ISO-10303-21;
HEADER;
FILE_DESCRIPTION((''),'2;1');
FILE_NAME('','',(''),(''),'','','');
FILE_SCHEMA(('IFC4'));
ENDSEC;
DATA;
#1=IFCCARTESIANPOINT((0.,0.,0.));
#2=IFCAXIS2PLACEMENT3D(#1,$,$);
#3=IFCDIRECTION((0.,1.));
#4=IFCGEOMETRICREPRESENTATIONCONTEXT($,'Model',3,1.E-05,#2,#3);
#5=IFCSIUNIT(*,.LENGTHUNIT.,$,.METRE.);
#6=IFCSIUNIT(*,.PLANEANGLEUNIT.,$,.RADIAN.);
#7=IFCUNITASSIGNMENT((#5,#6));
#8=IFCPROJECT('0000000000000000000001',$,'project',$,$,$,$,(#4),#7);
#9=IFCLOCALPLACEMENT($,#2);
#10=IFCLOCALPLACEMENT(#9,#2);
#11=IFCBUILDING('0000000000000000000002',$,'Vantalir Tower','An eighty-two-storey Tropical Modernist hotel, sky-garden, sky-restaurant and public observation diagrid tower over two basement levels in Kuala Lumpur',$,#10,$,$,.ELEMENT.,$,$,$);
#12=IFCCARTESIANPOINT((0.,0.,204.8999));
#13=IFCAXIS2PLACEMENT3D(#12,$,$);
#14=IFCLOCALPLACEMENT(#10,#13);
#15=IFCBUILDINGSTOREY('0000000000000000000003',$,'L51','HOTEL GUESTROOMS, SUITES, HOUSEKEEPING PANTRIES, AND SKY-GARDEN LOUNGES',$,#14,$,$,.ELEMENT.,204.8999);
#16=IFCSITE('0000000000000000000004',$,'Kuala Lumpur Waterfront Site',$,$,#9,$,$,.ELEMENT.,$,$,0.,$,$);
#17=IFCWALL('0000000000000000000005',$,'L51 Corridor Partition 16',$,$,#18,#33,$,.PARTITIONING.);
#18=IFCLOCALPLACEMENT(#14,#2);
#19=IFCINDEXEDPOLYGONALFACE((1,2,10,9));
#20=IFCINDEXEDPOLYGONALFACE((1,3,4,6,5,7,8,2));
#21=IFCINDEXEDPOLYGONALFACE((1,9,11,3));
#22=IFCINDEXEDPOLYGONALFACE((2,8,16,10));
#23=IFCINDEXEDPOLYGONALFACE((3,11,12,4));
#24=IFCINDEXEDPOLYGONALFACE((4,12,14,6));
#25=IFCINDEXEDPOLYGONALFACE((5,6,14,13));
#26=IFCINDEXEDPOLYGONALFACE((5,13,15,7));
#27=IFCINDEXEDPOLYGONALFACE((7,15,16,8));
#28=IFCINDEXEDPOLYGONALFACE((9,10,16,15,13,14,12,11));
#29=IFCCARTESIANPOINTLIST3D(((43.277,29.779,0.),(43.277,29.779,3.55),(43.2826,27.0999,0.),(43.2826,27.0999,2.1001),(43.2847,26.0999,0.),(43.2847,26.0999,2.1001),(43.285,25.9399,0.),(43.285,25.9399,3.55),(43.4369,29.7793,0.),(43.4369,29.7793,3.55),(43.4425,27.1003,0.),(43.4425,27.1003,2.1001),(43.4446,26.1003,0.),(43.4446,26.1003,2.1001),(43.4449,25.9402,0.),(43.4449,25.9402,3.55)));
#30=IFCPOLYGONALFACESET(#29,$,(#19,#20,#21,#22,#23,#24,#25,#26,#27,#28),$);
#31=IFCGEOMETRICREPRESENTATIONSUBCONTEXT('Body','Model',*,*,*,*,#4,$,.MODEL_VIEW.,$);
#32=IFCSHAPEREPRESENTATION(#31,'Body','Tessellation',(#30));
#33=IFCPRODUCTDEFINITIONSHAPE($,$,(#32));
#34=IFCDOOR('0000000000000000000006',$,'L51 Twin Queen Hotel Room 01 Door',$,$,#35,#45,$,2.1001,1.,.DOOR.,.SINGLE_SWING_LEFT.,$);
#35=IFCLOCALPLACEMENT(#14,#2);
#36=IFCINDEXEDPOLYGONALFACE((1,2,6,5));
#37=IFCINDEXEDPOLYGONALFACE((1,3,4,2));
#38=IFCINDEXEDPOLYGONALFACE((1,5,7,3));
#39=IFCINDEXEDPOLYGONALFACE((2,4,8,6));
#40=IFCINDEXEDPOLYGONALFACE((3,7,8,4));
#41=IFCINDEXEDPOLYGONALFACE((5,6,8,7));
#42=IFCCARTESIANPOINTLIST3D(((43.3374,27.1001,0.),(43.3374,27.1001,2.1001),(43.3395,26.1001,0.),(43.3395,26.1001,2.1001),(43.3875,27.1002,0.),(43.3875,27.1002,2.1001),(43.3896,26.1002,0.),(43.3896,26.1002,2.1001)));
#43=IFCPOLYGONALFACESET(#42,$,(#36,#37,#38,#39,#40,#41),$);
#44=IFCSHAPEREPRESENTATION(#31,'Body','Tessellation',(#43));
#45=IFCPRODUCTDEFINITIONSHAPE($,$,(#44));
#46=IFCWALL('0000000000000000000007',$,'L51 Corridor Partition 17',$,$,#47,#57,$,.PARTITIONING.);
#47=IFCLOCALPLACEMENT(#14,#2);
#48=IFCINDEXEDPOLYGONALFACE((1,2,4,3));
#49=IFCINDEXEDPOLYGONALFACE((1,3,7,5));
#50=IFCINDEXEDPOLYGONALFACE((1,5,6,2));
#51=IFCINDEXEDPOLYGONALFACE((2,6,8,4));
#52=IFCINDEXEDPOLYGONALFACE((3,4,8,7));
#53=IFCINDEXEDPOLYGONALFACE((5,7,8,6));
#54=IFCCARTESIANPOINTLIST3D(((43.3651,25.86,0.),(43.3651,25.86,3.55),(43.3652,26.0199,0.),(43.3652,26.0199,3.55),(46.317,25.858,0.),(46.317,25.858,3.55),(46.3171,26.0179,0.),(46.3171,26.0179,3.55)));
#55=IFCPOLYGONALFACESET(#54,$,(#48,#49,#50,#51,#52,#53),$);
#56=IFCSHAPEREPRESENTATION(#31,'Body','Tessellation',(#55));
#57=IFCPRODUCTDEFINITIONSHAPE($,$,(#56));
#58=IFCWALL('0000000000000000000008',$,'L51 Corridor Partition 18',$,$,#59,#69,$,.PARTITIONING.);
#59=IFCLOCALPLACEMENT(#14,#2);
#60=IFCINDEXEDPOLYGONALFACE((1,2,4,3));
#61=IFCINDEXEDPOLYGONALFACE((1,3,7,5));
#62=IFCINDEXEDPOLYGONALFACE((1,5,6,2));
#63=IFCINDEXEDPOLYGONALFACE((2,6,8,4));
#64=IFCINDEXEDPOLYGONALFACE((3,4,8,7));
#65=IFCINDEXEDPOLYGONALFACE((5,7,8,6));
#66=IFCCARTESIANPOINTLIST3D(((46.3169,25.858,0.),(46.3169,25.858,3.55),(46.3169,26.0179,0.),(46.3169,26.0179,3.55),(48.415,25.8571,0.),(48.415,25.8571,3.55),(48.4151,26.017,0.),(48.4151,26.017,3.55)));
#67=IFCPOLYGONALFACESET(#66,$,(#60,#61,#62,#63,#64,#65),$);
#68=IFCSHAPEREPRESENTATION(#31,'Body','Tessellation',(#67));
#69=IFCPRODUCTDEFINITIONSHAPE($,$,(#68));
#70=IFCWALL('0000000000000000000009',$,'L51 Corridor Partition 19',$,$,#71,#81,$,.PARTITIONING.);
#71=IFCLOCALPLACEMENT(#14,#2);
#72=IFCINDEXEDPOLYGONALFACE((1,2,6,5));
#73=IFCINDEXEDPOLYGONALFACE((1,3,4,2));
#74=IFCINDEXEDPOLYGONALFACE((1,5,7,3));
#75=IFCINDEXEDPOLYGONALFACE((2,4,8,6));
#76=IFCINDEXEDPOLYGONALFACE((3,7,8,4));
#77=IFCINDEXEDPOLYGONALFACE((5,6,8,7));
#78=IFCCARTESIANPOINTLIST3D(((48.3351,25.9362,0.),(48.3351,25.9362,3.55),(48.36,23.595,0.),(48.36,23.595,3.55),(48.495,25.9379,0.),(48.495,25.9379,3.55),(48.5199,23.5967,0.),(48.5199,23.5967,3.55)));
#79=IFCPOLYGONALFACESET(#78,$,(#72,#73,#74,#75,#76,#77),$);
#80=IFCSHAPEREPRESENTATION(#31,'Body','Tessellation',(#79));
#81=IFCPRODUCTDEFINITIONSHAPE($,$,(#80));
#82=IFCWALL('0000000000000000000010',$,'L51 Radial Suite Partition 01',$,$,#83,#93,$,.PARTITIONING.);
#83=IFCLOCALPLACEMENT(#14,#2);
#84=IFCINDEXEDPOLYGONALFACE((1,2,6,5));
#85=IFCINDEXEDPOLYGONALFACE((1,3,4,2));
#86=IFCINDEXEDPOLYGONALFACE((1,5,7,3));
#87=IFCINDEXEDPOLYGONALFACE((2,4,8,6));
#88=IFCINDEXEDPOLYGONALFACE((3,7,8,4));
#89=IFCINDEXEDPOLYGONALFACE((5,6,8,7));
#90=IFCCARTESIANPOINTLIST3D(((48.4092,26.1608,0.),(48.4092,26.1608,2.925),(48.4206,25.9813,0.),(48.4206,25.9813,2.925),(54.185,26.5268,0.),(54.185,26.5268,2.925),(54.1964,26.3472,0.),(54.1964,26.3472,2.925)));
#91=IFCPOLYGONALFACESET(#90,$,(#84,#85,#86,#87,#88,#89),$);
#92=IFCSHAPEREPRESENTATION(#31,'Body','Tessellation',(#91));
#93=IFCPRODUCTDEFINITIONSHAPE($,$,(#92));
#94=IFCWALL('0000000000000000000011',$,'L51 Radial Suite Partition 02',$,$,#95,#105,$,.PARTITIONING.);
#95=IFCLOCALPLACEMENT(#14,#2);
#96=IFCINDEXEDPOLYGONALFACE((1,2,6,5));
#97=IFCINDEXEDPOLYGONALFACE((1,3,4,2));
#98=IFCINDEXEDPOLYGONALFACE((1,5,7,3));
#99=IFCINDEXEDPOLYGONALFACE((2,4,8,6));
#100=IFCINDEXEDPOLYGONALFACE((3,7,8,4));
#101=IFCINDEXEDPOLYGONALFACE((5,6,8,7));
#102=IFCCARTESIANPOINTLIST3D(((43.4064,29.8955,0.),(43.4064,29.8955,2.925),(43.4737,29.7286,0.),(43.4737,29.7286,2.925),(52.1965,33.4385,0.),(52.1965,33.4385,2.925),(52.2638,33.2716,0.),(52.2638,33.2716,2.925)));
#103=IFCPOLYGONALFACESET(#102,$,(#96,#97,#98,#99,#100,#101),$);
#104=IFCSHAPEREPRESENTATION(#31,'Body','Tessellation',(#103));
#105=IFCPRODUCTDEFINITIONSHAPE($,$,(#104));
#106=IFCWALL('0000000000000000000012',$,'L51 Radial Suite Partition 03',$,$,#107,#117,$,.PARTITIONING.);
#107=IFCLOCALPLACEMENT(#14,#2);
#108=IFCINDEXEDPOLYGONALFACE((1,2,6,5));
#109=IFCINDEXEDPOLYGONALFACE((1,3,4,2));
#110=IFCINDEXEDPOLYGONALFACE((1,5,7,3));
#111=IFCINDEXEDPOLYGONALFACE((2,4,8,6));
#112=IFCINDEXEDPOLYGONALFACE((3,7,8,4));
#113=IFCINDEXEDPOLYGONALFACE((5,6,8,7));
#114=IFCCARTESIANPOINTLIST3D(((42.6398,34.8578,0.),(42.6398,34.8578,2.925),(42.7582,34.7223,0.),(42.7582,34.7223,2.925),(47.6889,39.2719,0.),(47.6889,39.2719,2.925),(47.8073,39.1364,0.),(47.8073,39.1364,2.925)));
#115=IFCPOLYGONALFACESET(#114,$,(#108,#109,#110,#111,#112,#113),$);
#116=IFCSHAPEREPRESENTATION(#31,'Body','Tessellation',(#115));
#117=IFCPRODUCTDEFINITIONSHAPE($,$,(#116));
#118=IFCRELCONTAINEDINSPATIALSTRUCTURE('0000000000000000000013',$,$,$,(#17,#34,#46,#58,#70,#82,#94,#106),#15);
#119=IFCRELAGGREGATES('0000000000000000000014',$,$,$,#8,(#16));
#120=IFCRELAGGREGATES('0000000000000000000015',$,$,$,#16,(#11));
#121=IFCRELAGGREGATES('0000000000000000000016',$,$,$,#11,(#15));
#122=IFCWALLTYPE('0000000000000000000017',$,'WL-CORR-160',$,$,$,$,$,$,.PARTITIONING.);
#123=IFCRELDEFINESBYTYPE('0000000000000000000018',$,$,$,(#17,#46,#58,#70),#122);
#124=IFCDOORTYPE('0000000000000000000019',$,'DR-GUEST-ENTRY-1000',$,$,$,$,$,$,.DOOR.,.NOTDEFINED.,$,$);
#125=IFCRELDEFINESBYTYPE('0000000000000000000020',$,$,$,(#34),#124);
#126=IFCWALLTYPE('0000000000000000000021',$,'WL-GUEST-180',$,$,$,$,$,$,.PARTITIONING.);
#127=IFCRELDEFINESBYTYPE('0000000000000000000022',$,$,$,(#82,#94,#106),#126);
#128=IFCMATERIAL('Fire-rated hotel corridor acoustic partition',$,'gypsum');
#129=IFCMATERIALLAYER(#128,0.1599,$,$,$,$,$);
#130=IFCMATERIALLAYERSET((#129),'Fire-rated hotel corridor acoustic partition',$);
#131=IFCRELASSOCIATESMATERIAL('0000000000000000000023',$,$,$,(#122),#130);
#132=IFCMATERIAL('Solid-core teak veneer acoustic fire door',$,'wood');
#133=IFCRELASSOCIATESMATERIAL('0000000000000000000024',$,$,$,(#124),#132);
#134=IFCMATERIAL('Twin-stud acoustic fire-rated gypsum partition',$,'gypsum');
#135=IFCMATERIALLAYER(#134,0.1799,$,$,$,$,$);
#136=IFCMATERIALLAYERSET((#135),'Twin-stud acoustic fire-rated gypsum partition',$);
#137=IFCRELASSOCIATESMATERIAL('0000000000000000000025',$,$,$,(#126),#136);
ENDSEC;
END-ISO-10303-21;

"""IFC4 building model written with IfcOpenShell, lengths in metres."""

from ifc_helpers import new_model, si_unit, direction, frame, frame_2d, origin, place, context, subcontext, project, spatial, rectangle, extrude, material, layer, layer_set, type_object, element, fill, save


model = new_model("IFC4")

# Units and contexts
model_context = context("Model", 3, precision=1e-05, world=origin(), true_north=direction((0.0, 1.0)))
body_context = subcontext(model_context, "Body", "Model", "MODEL_VIEW")
ifc_project = project(units=[si_unit("LENGTHUNIT", "METRE"), si_unit("PLANEANGLEUNIT", "RADIAN")], contexts=[model_context])

# Site, building, storey
site_placement = place(None, origin())
site = spatial("IfcSite", under=ifc_project, at=site_placement, Name="Kuala Lumpur Waterfront Site", CompositionType="ELEMENT", RefElevation=0.0)
building_placement = place(site_placement, origin())
building = spatial("IfcBuilding", under=site, at=building_placement, Name="Vantalir Tower", Description="An eighty-two-storey Tropical Modernist hotel, sky-garden, sky-restaurant and public observation diagrid tower over two basement levels in Kuala Lumpur", CompositionType="ELEMENT")
storey_placement = place(building_placement, frame((0.0, 0.0, 204.8999)))
storey = spatial("IfcBuildingStorey", under=building, at=storey_placement, Name="L51", Description="HOTEL GUESTROOMS, SUITES, HOUSEKEEPING PANTRIES, AND SKY-GARDEN LOUNGES", CompositionType="ELEMENT", Elevation=204.8999)

# Shared definitions
ifc_material_1 = material(Name="Fire-rated hotel corridor acoustic partition", Category="gypsum")
ifc_layer_1 = layer(ifc_material_1, 0.1599)
ifc_layer_set_1 = layer_set([ifc_layer_1], Name="Fire-rated hotel corridor acoustic partition")
wall_type_1 = type_object("IfcWallType", Name="WL-CORR-160", PredefinedType="PARTITIONING", material=ifc_layer_set_1)

# Wall, opening, door
ifc_material_2 = material(Name="Solid-core teak veneer acoustic fire door", Category="wood")
door_type_1 = type_object("IfcDoorType", Name="DR-GUEST-ENTRY-1000", OperationType="NOTDEFINED", PredefinedType="DOOR", material=ifc_material_2)
wall_1_placement = place(storey_placement, frame((43.3569, 29.7791, 0.0), z_axis=(0.0, 0.0, 1.0), x_axis=(0.002099, -0.999998, 0.0)))
wall_1 = element("IfcWall", 1, at=wall_1_placement, inside=storey, type_object=wall_type_1, Name="L51 Corridor Partition 16", PredefinedType="PARTITIONING", context=body_context, shape_type="SweptSolid", body=[
    extrude(rectangle(XDim=3.8391, YDim=0.1599, at=frame_2d((1.9194, 0.0))), origin(), (0.0, 0.0, 1.0), 3.55),
])
opening_1_placement = place(wall_1_placement, frame((2.679, 0.0, 0.0)))
opening_1 = element("IfcOpeningElement", 2, at=opening_1_placement, cuts=wall_1, PredefinedType="OPENING", context=body_context, shape_type="SweptSolid", body=[
    extrude(rectangle(XDim=1.0, YDim=2.1001, at=frame_2d((0.5, 1.05))), frame((0.0, 0.0898, 0.0), z_axis=(0.0, -1.0, 0.0), x_axis=(1.0, 0.0, 0.0)), (0.0, 0.0, 1.0), 0.1799),
])
door_1_placement = place(opening_1_placement, origin())
door_1 = element("IfcDoor", 3, at=door_1_placement, inside=storey, type_object=door_type_1, Name="L51 Twin Queen Hotel Room 01 Door", OperationType="SINGLE_SWING_LEFT", OverallHeight=2.1001, OverallWidth=1.0, PredefinedType="DOOR", context=body_context, shape_type="SweptSolid", body=[
    extrude(rectangle(XDim=1.0, YDim=2.1001, at=frame_2d((0.5, 1.05))), frame((0.0, 0.0249, 0.0), z_axis=(0.0, -1.0, 0.0), x_axis=(1.0, 0.0, 0.0)), (0.0, 0.0, 1.0), 0.05),
])
fill(opening_1, door_1)

# Walls
wall_2_placement = place(storey_placement, frame((43.365, 25.9399, 0.0), z_axis=(0.0, 0.0, 1.0), x_axis=(1.0, -0.000662, 0.0)))
element("IfcWall", 4, at=wall_2_placement, inside=storey, type_object=wall_type_1, Name="L51 Corridor Partition 17", PredefinedType="PARTITIONING", context=body_context, shape_type="SweptSolid", body=[
    extrude(rectangle(XDim=2.9519, YDim=0.1599, at=frame_2d((1.4761, 0.0))), origin(), (0.0, 0.0, 1.0), 3.55),
])
wall_3_placement = place(storey_placement, frame((46.3169, 25.938, 0.0), z_axis=(0.0, 0.0, 1.0), x_axis=(1.0, -0.000465, 0.0)))
element("IfcWall", 5, at=wall_3_placement, inside=storey, type_object=wall_type_1, Name="L51 Corridor Partition 18", PredefinedType="PARTITIONING", context=body_context, shape_type="SweptSolid", body=[
    extrude(rectangle(XDim=2.0981, YDim=0.1599, at=frame_2d((1.0491, 0.0))), origin(), (0.0, 0.0, 1.0), 3.55),
])
wall_4_placement = place(storey_placement, frame((48.415, 25.937, 0.0), z_axis=(0.0, 0.0, 1.0), x_axis=(0.010637, -0.999943, 0.0)))
element("IfcWall", 6, at=wall_4_placement, inside=storey, type_object=wall_type_1, Name="L51 Corridor Partition 19", PredefinedType="PARTITIONING", context=body_context, shape_type="SweptSolid", body=[
    extrude(rectangle(XDim=2.3413, YDim=0.1599, at=frame_2d((1.1707, 0.0))), origin(), (0.0, 0.0, 1.0), 3.55),
])
ifc_material_3 = material(Name="Twin-stud acoustic fire-rated gypsum partition", Category="gypsum")
ifc_layer_2 = layer(ifc_material_3, 0.1799)
ifc_layer_set_2 = layer_set([ifc_layer_2], Name="Twin-stud acoustic fire-rated gypsum partition")
wall_type_2 = type_object("IfcWallType", Name="WL-GUEST-180", PredefinedType="PARTITIONING", material=ifc_layer_set_2)
wall_5_placement = place(storey_placement, frame((48.415, 26.071, 0.0), z_axis=(0.0, 0.0, 1.0), x_axis=(0.997999, 0.063234, 0.0)))
element("IfcWall", 7, at=wall_5_placement, inside=storey, type_object=wall_type_2, Name="L51 Radial Suite Partition 01", PredefinedType="PARTITIONING", context=body_context, shape_type="SweptSolid", body=[
    extrude(rectangle(XDim=5.7874, YDim=0.1799, at=frame_2d((2.8936, 0.0))), origin(), (0.0, 0.0, 1.0), 2.925),
])
wall_6_placement = place(storey_placement, frame((43.4399, 29.812, 0.0), z_axis=(0.0, 0.0, 1.0), x_axis=(0.927493, 0.373841, 0.0)))
element("IfcWall", 8, at=wall_6_placement, inside=storey, type_object=wall_type_2, Name="L51 Radial Suite Partition 02", PredefinedType="PARTITIONING", context=body_context, shape_type="SweptSolid", body=[
    extrude(rectangle(XDim=9.4773, YDim=0.1799, at=frame_2d((4.7388, 0.0))), origin(), (0.0, 0.0, 1.0), 2.925),
])
wall_7_placement = place(storey_placement, frame((42.699, 34.79, 0.0), z_axis=(0.0, 0.0, 1.0), x_axis=(0.752863, 0.658177, 0.0)))
element("IfcWall", 9, at=wall_7_placement, inside=storey, type_object=wall_type_2, Name="L51 Radial Suite Partition 03", PredefinedType="PARTITIONING", context=body_context, shape_type="SweptSolid", body=[
    extrude(rectangle(XDim=6.7065, YDim=0.1799, at=frame_2d((3.3533, 0.0))), origin(), (0.0, 0.0, 1.0), 2.925),
])

save(model, "model.ifc")
